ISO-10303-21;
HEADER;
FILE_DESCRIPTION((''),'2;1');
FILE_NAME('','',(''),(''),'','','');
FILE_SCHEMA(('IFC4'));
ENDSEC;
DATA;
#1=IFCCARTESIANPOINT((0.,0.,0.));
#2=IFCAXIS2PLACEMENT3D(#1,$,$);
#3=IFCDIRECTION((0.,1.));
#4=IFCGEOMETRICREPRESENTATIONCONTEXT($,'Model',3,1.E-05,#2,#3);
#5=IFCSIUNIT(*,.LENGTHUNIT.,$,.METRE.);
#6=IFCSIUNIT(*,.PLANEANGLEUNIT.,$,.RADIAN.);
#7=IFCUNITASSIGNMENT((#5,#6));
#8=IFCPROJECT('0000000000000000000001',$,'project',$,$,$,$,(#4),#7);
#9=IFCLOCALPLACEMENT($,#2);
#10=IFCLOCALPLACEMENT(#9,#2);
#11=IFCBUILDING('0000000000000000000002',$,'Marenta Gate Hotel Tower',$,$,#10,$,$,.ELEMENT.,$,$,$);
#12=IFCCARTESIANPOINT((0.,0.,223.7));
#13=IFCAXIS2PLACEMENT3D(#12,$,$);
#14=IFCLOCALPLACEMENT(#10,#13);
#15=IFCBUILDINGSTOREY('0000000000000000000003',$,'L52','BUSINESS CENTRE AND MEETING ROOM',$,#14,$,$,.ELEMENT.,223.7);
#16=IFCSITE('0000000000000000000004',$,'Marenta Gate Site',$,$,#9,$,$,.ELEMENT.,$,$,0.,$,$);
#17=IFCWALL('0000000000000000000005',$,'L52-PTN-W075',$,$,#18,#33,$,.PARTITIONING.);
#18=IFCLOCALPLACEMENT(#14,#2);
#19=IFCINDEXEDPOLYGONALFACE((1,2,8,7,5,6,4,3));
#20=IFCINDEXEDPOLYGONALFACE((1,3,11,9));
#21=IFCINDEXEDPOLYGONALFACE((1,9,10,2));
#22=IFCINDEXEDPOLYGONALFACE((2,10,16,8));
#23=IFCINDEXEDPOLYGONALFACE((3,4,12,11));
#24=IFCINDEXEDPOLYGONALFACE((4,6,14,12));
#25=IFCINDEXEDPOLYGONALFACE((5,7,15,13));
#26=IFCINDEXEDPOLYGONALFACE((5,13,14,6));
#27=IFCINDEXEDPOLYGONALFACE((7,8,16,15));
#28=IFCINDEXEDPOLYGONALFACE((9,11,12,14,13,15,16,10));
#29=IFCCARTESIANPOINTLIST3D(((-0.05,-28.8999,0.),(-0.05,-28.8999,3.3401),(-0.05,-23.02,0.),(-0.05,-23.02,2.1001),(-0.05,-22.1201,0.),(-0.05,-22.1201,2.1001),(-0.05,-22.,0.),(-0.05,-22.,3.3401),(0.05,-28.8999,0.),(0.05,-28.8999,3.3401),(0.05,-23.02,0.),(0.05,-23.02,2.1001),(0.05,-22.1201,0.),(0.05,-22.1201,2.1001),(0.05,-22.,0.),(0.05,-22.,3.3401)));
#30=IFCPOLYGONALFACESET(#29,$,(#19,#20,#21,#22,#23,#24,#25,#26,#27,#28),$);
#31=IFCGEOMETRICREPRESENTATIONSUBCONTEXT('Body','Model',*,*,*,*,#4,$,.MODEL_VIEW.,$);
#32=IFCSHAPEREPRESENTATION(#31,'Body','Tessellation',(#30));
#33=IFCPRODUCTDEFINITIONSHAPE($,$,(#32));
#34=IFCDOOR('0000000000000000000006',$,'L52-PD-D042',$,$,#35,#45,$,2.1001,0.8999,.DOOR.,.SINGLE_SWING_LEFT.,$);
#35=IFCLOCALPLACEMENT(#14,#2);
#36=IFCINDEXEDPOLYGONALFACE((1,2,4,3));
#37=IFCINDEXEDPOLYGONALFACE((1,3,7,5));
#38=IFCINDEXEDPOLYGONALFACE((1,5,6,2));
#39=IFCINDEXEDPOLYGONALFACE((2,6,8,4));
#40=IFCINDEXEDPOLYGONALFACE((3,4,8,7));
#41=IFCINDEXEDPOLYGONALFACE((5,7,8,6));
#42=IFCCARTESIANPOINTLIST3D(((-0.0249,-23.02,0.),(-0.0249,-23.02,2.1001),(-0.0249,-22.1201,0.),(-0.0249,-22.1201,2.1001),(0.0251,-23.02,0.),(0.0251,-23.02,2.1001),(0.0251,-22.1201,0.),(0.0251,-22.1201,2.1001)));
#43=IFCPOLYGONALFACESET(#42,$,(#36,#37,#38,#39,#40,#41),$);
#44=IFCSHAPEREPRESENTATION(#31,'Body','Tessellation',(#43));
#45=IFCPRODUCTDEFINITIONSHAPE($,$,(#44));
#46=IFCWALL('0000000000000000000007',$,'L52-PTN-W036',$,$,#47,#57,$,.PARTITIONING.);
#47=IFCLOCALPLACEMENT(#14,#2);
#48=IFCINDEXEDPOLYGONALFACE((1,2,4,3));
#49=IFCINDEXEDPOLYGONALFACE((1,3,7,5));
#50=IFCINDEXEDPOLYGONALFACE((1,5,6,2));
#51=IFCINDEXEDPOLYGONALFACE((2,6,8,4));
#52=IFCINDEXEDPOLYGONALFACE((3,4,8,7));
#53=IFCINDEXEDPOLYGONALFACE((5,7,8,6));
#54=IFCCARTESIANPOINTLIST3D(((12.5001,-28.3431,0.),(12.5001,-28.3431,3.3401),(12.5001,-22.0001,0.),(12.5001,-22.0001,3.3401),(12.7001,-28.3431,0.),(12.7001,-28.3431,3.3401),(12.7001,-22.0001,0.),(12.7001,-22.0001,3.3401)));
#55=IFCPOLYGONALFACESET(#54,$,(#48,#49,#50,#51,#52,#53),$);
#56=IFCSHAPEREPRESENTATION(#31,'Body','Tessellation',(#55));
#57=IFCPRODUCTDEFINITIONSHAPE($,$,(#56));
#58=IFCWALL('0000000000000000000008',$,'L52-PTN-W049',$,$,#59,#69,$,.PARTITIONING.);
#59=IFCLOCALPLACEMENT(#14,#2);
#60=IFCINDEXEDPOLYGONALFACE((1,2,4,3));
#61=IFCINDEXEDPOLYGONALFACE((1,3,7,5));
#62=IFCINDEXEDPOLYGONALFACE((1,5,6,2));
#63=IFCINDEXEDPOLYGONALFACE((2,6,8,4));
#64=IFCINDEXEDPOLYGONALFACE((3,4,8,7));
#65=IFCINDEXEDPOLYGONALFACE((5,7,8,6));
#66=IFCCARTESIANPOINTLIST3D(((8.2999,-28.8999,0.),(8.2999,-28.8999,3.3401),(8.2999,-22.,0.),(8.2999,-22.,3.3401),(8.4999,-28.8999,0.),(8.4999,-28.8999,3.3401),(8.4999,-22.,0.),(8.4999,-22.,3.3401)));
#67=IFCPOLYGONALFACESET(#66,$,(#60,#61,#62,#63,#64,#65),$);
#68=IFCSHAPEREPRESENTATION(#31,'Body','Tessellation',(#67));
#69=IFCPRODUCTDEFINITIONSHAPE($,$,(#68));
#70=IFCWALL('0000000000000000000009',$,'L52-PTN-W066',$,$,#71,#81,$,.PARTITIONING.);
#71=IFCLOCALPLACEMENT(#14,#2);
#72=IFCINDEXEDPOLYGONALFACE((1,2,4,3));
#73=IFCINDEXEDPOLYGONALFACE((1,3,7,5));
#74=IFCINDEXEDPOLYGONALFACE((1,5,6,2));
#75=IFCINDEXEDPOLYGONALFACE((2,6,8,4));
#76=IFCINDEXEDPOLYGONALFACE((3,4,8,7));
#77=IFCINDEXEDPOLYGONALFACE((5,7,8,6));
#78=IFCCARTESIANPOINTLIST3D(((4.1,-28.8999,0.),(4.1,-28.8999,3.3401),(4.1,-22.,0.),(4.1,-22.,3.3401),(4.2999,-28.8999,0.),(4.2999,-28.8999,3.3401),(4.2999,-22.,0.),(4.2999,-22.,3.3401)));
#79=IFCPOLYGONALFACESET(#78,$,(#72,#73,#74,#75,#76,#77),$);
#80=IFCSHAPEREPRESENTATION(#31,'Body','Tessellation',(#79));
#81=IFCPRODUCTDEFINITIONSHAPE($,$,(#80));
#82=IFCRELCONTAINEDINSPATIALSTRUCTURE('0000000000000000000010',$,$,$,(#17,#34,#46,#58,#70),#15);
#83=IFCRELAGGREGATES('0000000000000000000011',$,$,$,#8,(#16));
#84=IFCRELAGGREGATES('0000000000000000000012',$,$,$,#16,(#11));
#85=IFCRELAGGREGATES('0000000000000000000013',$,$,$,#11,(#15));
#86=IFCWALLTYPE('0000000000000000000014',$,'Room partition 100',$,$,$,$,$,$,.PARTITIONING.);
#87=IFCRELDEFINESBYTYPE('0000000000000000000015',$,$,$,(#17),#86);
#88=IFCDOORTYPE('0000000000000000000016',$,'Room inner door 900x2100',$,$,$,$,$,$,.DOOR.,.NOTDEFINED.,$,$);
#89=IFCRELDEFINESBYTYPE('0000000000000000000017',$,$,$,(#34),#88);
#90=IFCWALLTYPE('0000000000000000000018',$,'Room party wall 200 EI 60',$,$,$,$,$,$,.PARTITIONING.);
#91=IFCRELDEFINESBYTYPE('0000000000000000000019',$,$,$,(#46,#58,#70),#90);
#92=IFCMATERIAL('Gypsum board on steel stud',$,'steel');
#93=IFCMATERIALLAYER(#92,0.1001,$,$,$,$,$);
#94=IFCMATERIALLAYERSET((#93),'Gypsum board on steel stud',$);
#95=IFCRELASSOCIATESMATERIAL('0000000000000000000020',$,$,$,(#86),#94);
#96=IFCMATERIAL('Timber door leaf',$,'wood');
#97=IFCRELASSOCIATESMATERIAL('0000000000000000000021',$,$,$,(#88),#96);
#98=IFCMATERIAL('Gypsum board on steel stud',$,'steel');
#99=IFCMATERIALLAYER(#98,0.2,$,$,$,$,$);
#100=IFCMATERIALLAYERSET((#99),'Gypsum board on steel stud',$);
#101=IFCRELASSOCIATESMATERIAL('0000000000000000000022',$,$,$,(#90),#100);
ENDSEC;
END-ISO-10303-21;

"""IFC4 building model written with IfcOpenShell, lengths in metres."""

from ifc_helpers import new_model, si_unit, direction, frame, frame_2d, origin, place, context, subcontext, project, spatial, rectangle, extrude, material, layer, layer_set, type_object, element, fill, save


model = new_model("IFC4")

# Units and contexts
model_context = context("Model", 3, precision=1e-05, world=origin(), true_north=direction((0.0, 1.0)))
body_context = subcontext(model_context, "Body", "Model", "MODEL_VIEW")
ifc_project = project(units=[si_unit("LENGTHUNIT", "METRE"), si_unit("PLANEANGLEUNIT", "RADIAN")], contexts=[model_context])

# Site, building, storey
site_placement = place(None, origin())
site = spatial("IfcSite", under=ifc_project, at=site_placement, Name="Marenta Gate Site", CompositionType="ELEMENT", RefElevation=0.0)
building_placement = place(site_placement, origin())
building = spatial("IfcBuilding", under=site, at=building_placement, Name="Marenta Gate Hotel Tower", CompositionType="ELEMENT")
storey_placement = place(building_placement, frame((0.0, 0.0, 223.7)))
storey = spatial("IfcBuildingStorey", under=building, at=storey_placement, Name="L52", Description="BUSINESS CENTRE AND MEETING ROOM", CompositionType="ELEMENT", Elevation=223.7)

# Shared definitions
ifc_material_1 = material(Name="Gypsum board on steel stud", Category="steel")
ifc_layer_1 = layer(ifc_material_1, 0.1001)
ifc_layer_set_1 = layer_set([ifc_layer_1], Name="Gypsum board on steel stud")
wall_type_1 = type_object("IfcWallType", Name="Room partition 100", PredefinedType="PARTITIONING", material=ifc_layer_set_1)

# Wall, opening, door
wall_1_placement = place(storey_placement, frame((0.0, -28.8999, 0.0), z_axis=(0.0, 0.0, 1.0), x_axis=(0.0, 1.0, 0.0)))
wall_1 = element("IfcWall", 1, at=wall_1_placement, inside=storey, type_object=wall_type_1, Name="L52-PTN-W075", PredefinedType="PARTITIONING", context=body_context, shape_type="SweptSolid", body=[
    extrude(rectangle(XDim=6.8999, YDim=0.1001, at=frame_2d((3.45, 0.0))), origin(), (0.0, 0.0, 1.0), 3.3401),
])
opening_1_placement = place(wall_1_placement, frame((5.8799, 0.0, 0.0)))
opening_1 = element("IfcOpeningElement", 2, at=opening_1_placement, cuts=wall_1, PredefinedType="OPENING", context=body_context, shape_type="SweptSolid", body=[
    extrude(rectangle(XDim=0.8999, YDim=2.1001, at=frame_2d((0.45, 1.05))), frame((0.0, 0.05, 0.0), z_axis=(0.0, -1.0, 0.0), x_axis=(1.0, 0.0, 0.0)), (0.0, 0.0, 1.0), 0.1001),
])
ifc_material_2 = material(Name="Timber door leaf", Category="wood")
door_type_1 = type_object("IfcDoorType", Name="Room inner door 900x2100", OperationType="NOTDEFINED", PredefinedType="DOOR", material=ifc_material_2)
door_1_placement = place(opening_1_placement, origin())
door_1 = element("IfcDoor", 3, at=door_1_placement, inside=storey, type_object=door_type_1, Name="L52-PD-D042", OperationType="SINGLE_SWING_LEFT", OverallHeight=2.1001, OverallWidth=0.8999, PredefinedType="DOOR", context=body_context, shape_type="SweptSolid", body=[
    extrude(rectangle(XDim=0.8999, YDim=2.1001, at=frame_2d((0.45, 1.05))), frame((0.0, 0.0249, 0.0), z_axis=(0.0, -1.0, 0.0), x_axis=(1.0, 0.0, 0.0)), (0.0, 0.0, 1.0), 0.05),
])
fill(opening_1, door_1)

# Walls
ifc_material_3 = material(Name="Gypsum board on steel stud", Category="steel")
ifc_layer_2 = layer(ifc_material_3, 0.2)
ifc_layer_set_2 = layer_set([ifc_layer_2], Name="Gypsum board on steel stud")
wall_type_2 = type_object("IfcWallType", Name="Room party wall 200 EI 60", PredefinedType="PARTITIONING", material=ifc_layer_set_2)
wall_2_placement = place(storey_placement, frame((12.6001, -28.343, 0.0), z_axis=(0.0, 0.0, 1.0), x_axis=(0.0, 1.0, 0.0)))
element("IfcWall", 4, at=wall_2_placement, inside=storey, type_object=wall_type_2, Name="L52-PTN-W036", PredefinedType="PARTITIONING", context=body_context, shape_type="SweptSolid", body=[
    extrude(rectangle(XDim=6.343, YDim=0.2, at=frame_2d((3.1714, 0.0))), origin(), (0.0, 0.0, 1.0), 3.3401),
])
for number, where, z_axis, x_axis, name in (
    (5, (8.3999, -28.8999, 0.0), (0.0, 0.0, 1.0), (0.0, 1.0, 0.0), "L52-PTN-W049"),
    (6, (4.2, -28.8999, 0.0), (0.0, 0.0, 1.0), (0.0, 1.0, 0.0), "L52-PTN-W066"),
):
    element("IfcWall", number, at=place(storey_placement, frame(where, z_axis=z_axis, x_axis=x_axis)), inside=storey, type_object=wall_type_2, Name=name, PredefinedType="PARTITIONING", context=body_context, shape_type="SweptSolid", body=[
        extrude(rectangle(XDim=6.8999, YDim=0.2, at=frame_2d((3.45, 0.0))), origin(), (0.0, 0.0, 1.0), 3.3401),
    ])

save(model, "model.ifc")
